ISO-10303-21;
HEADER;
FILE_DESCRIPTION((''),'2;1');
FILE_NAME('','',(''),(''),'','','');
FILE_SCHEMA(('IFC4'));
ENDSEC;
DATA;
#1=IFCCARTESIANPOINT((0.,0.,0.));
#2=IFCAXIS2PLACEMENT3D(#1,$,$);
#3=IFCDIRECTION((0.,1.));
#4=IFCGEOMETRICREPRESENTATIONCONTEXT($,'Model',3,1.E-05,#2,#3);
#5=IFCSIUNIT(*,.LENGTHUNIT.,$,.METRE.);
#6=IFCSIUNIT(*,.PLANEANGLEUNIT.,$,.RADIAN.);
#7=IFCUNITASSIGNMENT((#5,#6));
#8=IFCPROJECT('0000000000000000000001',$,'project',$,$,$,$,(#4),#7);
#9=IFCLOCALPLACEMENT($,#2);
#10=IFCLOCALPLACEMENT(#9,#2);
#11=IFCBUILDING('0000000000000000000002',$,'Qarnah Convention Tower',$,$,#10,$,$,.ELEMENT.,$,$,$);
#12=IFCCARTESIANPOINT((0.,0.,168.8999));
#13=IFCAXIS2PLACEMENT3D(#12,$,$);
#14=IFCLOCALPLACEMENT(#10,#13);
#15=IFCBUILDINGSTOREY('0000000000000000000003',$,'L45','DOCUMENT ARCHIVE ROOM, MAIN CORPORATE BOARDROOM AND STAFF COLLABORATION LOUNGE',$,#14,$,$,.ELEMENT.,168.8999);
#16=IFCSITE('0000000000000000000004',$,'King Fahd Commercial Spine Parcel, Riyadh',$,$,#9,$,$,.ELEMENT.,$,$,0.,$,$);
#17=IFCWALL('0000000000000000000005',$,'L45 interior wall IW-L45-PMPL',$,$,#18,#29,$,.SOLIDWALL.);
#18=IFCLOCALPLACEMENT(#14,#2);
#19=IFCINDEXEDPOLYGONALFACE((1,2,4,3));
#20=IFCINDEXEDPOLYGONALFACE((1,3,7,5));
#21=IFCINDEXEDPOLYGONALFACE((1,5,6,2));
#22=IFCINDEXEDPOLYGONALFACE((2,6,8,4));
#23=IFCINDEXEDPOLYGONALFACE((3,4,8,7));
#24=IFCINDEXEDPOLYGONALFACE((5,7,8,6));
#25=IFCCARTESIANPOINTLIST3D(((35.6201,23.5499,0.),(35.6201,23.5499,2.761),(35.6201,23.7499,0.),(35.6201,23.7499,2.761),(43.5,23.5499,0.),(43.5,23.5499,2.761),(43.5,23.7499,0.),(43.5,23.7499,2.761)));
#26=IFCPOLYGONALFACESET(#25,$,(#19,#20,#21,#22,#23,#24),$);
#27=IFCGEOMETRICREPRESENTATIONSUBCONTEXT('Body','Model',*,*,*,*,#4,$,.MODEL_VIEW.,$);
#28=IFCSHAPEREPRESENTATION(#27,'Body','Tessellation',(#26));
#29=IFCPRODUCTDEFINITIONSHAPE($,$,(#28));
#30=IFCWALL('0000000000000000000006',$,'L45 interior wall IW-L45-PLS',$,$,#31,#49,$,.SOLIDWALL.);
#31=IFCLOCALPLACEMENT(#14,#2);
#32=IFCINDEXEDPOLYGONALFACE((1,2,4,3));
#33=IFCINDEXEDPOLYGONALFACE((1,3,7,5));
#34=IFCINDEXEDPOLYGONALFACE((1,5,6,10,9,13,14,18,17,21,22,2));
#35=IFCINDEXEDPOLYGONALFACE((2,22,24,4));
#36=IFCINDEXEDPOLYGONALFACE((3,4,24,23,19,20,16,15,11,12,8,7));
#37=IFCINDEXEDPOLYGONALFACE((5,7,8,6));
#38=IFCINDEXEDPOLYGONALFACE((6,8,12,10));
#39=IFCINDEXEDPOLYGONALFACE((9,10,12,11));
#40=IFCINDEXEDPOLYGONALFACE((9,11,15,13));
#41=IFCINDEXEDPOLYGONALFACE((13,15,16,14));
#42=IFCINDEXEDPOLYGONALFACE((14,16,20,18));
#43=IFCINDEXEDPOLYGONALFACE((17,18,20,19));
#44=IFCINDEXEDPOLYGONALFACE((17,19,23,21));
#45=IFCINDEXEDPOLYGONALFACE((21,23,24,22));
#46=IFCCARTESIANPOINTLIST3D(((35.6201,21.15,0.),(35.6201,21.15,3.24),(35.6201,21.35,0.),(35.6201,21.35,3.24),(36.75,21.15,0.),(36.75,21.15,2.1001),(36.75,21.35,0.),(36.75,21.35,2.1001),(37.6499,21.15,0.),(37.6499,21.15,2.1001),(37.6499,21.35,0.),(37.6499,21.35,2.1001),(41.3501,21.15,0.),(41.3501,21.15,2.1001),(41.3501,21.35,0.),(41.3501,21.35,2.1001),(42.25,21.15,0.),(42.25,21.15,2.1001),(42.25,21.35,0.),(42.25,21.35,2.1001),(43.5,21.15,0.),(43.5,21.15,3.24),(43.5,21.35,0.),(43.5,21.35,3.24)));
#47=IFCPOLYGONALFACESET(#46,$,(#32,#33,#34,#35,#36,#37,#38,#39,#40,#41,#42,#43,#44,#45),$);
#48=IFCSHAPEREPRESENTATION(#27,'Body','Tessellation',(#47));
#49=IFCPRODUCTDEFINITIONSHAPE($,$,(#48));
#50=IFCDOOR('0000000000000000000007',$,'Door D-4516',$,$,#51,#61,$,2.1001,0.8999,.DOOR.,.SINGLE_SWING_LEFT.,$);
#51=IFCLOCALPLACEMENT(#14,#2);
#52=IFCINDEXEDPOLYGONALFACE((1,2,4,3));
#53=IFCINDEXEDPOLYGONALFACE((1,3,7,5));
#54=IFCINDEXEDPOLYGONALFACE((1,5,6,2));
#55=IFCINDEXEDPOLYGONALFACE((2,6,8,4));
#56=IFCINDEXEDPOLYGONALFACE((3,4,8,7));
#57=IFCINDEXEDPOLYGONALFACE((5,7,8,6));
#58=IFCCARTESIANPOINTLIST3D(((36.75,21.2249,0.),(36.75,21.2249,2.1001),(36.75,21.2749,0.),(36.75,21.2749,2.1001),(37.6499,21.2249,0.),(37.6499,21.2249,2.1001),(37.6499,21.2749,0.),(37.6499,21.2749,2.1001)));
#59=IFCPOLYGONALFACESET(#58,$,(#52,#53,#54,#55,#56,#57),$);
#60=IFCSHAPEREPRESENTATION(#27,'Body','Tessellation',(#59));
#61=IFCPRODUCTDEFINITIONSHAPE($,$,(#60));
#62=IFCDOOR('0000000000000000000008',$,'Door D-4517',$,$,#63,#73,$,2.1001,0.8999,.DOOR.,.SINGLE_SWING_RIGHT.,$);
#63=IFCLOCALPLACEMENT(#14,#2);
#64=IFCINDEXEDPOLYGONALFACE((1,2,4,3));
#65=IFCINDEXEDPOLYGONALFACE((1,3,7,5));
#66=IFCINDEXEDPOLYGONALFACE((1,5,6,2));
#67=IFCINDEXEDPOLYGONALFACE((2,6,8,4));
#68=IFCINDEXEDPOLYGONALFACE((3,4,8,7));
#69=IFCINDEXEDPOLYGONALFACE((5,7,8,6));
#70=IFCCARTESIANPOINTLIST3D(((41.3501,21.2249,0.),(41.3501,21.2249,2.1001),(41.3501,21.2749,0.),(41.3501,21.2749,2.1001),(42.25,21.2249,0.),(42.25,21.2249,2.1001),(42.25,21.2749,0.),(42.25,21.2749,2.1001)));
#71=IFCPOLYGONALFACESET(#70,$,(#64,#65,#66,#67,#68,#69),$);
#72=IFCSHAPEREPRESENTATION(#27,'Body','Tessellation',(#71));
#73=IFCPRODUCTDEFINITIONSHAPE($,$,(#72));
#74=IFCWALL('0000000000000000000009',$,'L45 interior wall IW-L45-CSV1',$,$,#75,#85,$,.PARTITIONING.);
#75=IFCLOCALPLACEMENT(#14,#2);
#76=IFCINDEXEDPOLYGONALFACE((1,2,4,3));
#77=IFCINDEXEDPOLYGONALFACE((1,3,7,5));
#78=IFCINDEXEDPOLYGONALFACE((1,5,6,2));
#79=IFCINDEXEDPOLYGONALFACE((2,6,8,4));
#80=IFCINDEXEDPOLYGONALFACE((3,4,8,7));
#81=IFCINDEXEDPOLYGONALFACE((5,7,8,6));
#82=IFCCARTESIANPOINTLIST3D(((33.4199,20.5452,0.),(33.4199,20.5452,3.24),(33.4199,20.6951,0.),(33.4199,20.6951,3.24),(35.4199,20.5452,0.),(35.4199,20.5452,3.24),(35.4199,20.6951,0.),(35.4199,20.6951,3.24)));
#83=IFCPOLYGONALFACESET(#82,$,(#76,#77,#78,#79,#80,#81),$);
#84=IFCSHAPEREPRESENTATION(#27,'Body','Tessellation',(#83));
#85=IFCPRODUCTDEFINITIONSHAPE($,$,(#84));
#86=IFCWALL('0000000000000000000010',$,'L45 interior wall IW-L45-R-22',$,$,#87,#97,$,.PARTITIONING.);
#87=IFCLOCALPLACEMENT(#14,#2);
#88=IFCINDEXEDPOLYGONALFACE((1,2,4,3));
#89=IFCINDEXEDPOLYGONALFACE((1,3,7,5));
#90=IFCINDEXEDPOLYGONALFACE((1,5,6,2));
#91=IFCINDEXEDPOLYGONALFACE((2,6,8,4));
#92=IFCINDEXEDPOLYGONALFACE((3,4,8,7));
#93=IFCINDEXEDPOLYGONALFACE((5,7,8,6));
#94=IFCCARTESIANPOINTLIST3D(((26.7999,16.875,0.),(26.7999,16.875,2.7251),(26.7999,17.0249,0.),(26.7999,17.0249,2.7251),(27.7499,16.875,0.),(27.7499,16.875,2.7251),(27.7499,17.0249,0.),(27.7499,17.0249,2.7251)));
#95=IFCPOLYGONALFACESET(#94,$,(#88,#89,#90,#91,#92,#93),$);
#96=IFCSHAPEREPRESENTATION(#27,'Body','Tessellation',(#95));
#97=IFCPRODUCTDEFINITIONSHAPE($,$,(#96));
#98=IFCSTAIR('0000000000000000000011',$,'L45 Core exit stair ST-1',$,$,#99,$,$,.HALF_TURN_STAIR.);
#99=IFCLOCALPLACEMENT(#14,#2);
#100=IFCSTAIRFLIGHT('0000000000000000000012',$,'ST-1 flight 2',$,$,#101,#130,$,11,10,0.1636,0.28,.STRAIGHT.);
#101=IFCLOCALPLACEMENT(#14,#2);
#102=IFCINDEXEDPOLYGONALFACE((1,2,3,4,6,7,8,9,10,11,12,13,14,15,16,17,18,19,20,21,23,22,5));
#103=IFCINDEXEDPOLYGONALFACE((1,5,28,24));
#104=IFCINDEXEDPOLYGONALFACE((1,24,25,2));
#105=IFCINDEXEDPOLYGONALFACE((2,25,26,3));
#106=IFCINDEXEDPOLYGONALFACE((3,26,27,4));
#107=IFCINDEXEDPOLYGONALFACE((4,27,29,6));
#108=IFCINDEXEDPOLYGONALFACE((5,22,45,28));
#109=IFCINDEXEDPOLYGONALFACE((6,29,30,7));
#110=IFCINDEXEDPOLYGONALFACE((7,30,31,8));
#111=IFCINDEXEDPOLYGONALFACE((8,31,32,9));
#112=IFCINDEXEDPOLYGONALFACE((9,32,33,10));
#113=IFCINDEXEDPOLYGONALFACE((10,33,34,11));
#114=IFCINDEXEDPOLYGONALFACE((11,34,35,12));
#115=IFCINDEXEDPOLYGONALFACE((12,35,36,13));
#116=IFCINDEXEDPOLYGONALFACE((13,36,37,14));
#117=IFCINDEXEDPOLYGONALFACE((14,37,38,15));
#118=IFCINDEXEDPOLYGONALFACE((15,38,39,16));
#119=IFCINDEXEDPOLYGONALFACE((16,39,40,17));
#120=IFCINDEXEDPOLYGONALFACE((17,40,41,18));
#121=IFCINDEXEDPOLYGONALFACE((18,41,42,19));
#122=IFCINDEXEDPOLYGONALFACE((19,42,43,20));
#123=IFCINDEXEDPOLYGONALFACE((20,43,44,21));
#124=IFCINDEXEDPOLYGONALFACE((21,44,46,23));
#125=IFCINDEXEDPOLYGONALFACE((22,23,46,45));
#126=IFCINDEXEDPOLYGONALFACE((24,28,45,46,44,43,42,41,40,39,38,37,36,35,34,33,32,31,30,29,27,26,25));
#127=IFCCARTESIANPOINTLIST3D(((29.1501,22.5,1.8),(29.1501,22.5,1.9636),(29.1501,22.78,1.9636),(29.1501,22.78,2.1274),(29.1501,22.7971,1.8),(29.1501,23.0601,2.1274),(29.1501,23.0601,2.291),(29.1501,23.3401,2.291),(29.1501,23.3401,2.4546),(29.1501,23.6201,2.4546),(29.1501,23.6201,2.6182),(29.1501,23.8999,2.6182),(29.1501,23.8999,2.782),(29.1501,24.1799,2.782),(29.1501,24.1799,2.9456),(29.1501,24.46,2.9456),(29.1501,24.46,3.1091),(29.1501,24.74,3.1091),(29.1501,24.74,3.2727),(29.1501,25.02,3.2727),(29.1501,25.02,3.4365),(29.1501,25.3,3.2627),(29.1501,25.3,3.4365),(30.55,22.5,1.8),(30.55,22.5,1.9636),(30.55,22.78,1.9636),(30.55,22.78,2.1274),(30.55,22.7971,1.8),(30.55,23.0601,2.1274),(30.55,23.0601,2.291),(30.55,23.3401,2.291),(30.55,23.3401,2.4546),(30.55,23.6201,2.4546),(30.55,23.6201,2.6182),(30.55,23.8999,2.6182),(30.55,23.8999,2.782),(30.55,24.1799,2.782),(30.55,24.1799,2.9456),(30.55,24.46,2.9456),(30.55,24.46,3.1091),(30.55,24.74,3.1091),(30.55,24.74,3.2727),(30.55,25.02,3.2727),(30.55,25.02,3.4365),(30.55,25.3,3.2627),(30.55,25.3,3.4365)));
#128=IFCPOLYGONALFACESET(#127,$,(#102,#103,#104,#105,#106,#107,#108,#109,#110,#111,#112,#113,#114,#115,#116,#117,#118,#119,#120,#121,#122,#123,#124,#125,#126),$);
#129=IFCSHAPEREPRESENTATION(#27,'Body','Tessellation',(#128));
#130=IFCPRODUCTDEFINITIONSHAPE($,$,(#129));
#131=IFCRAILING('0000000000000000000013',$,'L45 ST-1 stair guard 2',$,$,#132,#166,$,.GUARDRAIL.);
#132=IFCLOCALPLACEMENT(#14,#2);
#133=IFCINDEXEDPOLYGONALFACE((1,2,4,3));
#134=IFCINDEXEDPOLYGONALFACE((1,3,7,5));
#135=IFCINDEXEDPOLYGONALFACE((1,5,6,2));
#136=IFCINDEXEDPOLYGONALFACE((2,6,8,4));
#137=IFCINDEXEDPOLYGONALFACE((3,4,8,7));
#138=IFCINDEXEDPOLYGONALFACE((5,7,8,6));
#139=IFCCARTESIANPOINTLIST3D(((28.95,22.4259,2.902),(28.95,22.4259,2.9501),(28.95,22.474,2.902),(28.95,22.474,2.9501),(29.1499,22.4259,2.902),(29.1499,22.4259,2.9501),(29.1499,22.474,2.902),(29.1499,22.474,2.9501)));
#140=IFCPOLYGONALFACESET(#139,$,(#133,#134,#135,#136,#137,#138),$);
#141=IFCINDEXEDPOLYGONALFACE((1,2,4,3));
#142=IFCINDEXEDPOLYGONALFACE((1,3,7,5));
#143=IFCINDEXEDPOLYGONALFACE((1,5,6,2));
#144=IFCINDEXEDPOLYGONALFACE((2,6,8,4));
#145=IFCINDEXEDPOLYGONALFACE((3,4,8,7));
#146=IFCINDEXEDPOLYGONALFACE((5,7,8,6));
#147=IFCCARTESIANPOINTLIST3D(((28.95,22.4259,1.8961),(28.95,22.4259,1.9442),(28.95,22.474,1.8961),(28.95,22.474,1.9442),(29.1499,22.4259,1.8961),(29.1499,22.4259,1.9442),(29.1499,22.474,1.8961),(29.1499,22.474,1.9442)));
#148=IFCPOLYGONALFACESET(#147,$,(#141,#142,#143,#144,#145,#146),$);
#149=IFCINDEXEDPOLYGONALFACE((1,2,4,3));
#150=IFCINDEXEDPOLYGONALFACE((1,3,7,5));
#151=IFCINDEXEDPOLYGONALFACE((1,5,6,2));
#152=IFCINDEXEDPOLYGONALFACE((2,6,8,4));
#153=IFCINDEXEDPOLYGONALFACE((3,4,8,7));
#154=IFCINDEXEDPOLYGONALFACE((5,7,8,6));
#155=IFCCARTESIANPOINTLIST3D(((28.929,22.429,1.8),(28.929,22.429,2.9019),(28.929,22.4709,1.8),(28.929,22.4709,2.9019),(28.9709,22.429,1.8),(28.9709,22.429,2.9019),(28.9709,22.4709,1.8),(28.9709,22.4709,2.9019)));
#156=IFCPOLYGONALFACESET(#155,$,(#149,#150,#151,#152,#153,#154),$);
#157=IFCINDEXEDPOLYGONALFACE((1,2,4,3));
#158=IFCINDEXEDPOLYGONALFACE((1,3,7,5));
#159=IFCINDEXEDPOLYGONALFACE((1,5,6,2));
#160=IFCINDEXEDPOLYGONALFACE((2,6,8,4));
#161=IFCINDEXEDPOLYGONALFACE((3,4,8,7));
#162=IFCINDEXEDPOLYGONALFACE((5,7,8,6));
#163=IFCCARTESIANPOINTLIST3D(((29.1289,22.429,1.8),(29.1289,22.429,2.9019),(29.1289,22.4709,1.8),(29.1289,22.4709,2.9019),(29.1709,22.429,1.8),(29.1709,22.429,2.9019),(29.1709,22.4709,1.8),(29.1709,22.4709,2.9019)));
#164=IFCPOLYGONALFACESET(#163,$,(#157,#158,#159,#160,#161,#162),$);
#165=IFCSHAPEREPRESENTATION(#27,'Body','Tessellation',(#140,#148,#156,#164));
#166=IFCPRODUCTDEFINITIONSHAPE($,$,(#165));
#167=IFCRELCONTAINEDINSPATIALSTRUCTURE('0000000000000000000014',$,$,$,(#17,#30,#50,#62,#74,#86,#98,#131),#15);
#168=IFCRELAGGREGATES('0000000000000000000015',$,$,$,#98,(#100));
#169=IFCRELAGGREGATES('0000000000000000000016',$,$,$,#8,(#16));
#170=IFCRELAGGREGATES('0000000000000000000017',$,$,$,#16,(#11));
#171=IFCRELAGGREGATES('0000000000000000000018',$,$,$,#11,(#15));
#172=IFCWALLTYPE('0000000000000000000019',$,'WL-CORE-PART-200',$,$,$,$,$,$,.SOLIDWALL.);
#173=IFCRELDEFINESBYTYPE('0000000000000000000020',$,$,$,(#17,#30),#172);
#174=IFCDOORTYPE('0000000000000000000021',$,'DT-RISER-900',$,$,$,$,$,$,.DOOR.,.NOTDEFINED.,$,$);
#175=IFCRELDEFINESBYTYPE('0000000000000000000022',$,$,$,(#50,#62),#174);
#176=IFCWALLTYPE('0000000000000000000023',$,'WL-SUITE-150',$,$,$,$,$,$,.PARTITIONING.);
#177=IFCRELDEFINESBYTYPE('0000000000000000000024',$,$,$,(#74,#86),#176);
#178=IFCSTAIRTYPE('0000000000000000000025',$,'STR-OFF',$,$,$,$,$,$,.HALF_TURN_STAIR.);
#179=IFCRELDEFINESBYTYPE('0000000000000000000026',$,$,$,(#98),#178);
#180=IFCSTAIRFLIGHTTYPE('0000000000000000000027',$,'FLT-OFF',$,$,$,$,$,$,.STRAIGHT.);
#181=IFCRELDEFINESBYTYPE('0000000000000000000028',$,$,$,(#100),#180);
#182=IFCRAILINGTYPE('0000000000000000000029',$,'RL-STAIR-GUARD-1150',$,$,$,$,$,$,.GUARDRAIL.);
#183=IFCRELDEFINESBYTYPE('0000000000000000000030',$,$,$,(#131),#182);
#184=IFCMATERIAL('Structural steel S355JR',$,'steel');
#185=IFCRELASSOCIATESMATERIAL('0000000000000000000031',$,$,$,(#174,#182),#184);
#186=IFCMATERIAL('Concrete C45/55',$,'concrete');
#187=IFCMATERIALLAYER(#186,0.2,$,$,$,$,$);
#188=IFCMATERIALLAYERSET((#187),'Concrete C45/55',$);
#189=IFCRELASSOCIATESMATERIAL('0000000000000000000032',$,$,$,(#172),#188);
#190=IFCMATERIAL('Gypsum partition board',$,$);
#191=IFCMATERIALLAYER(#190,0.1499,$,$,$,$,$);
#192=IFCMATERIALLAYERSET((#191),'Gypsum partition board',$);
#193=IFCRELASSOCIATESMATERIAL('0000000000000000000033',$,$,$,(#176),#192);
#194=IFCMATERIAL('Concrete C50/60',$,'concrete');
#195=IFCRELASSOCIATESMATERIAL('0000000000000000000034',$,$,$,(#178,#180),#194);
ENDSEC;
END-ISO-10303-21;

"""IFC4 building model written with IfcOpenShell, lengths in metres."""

from ifc_helpers import new_model, si_unit, direction, frame, frame_2d, origin, origin_2d, place, context, subcontext, project, spatial, polyline, rectangle, outline, extrude, material, layer, layer_set, type_object, element, fill, aggregate, save


model = new_model("IFC4")

# Units and contexts
model_context = context("Model", 3, precision=1e-05, world=origin(), true_north=direction((0.0, 1.0)))
body_context = subcontext(model_context, "Body", "Model", "MODEL_VIEW")
ifc_project = project(units=[si_unit("LENGTHUNIT", "METRE"), si_unit("PLANEANGLEUNIT", "RADIAN")], contexts=[model_context])

# Site, building, storey
site_placement = place(None, origin())
site = spatial("IfcSite", under=ifc_project, at=site_placement, Name="King Fahd Commercial Spine Parcel, Riyadh", CompositionType="ELEMENT", RefElevation=0.0)
building_placement = place(site_placement, origin())
building = spatial("IfcBuilding", under=site, at=building_placement, Name="Qarnah Convention Tower", CompositionType="ELEMENT")
storey_placement = place(building_placement, frame((0.0, 0.0, 168.8999)))
storey = spatial("IfcBuildingStorey", under=building, at=storey_placement, Name="L45", Description="DOCUMENT ARCHIVE ROOM, MAIN CORPORATE BOARDROOM AND STAFF COLLABORATION LOUNGE", CompositionType="ELEMENT", Elevation=168.8999)

# Shared definitions
ifc_material_1 = material(Name="Structural steel S355JR", Category="steel")

# Shared definitions
door_type_1 = type_object("IfcDoorType", Name="DT-RISER-900", OperationType="NOTDEFINED", PredefinedType="DOOR", material=ifc_material_1)
ifc_material_2 = material(Name="Concrete C45/55", Category="concrete")
ifc_layer_1 = layer(ifc_material_2, 0.2)
ifc_layer_set_1 = layer_set([ifc_layer_1], Name="Concrete C45/55")
wall_type_1 = type_object("IfcWallType", Name="WL-CORE-PART-200", PredefinedType="SOLIDWALL", material=ifc_layer_set_1)

# Wall
wall_1_placement = place(storey_placement, frame((35.6201, 23.6499, 0.0), z_axis=(0.0, 0.0, 1.0), x_axis=(1.0, 0.0, 0.0)))
element("IfcWall", 1, at=wall_1_placement, inside=storey, type_object=wall_type_1, Name="L45 interior wall IW-L45-PMPL", PredefinedType="SOLIDWALL", context=body_context, shape_type="SweptSolid", body=[
    extrude(rectangle(XDim=7.8799, YDim=0.2, at=frame_2d((3.9399, 0.0))), origin(), (0.0, 0.0, 1.0), 2.761),
])

# Wall, openings, doors
wall_2_placement = place(storey_placement, frame((35.6201, 21.25, 0.0), z_axis=(0.0, 0.0, 1.0), x_axis=(1.0, 0.0, 0.0)))
wall_2 = element("IfcWall", 2, at=wall_2_placement, inside=storey, type_object=wall_type_1, Name="L45 interior wall IW-L45-PLS", PredefinedType="SOLIDWALL", context=body_context, shape_type="SweptSolid", body=[
    extrude(rectangle(XDim=7.8799, YDim=0.2, at=frame_2d((3.9399, 0.0))), origin(), (0.0, 0.0, 1.0), 3.24),
])
opening_1_placement = place(wall_2_placement, frame((1.1299, 0.0, 0.0)))
opening_1 = element("IfcOpeningElement", 3, at=opening_1_placement, cuts=wall_2, PredefinedType="OPENING", context=body_context, shape_type="SweptSolid", body=[
    extrude(rectangle(XDim=0.8999, YDim=2.1001, at=frame_2d((0.45, 1.05))), frame((0.0, 0.1099, 0.0), z_axis=(0.0, -1.0, 0.0), x_axis=(1.0, 0.0, 0.0)), (0.0, 0.0, 1.0), 0.22),
])
opening_2_placement = place(wall_2_placement, frame((5.73, 0.0, 0.0)))
opening_2 = element("IfcOpeningElement", 4, at=opening_2_placement, cuts=wall_2, PredefinedType="OPENING", context=body_context, shape_type="SweptSolid", body=[
    extrude(rectangle(XDim=0.8999, YDim=2.1001, at=frame_2d((0.45, 1.05))), frame((0.0, 0.1099, 0.0), z_axis=(0.0, -1.0, 0.0), x_axis=(1.0, 0.0, 0.0)), (0.0, 0.0, 1.0), 0.22),
])
door_1_placement = place(opening_1_placement, origin())
door_1 = element("IfcDoor", 5, at=door_1_placement, inside=storey, type_object=door_type_1, Name="Door D-4516", OperationType="SINGLE_SWING_LEFT", OverallHeight=2.1001, OverallWidth=0.8999, PredefinedType="DOOR", context=body_context, shape_type="SweptSolid", body=[
    extrude(rectangle(XDim=0.8999, YDim=2.1001, at=frame_2d((0.45, 1.05))), frame((0.0, 0.0249, 0.0), z_axis=(0.0, -1.0, 0.0), x_axis=(1.0, 0.0, 0.0)), (0.0, 0.0, 1.0), 0.05),
])
fill(opening_1, door_1)
door_2_placement = place(opening_2_placement, origin())
door_2 = element("IfcDoor", 6, at=door_2_placement, inside=storey, type_object=door_type_1, Name="Door D-4517", OperationType="SINGLE_SWING_RIGHT", OverallHeight=2.1001, OverallWidth=0.8999, PredefinedType="DOOR", context=body_context, shape_type="SweptSolid", body=[
    extrude(rectangle(XDim=0.8999, YDim=2.1001, at=frame_2d((0.45, 1.05))), frame((0.0, 0.0249, 0.0), z_axis=(0.0, -1.0, 0.0), x_axis=(1.0, 0.0, 0.0)), (0.0, 0.0, 1.0), 0.05),
])
fill(opening_2, door_2)

# Walls
ifc_material_3 = material(Name="Gypsum partition board")
ifc_layer_2 = layer(ifc_material_3, 0.1499)
ifc_layer_set_2 = layer_set([ifc_layer_2], Name="Gypsum partition board")
wall_type_2 = type_object("IfcWallType", Name="WL-SUITE-150", PredefinedType="PARTITIONING", material=ifc_layer_set_2)
wall_3_placement = place(storey_placement, frame((33.4199, 20.6201, 0.0), z_axis=(0.0, 0.0, 1.0), x_axis=(1.0, 0.0, 0.0)))
element("IfcWall", 7, at=wall_3_placement, inside=storey, type_object=wall_type_2, Name="L45 interior wall IW-L45-CSV1", PredefinedType="PARTITIONING", context=body_context, shape_type="SweptSolid", body=[
    extrude(rectangle(XDim=2.0, YDim=0.1499, at=frame_2d((1.0, 0.0))), origin(), (0.0, 0.0, 1.0), 3.24),
])
wall_4_placement = place(storey_placement, frame((27.75, 16.95, 0.0), z_axis=(0.0, 0.0, 1.0), x_axis=(-1.0, 0.0, 0.0)))
element("IfcWall", 8, at=wall_4_placement, inside=storey, type_object=wall_type_2, Name="L45 interior wall IW-L45-R-22", PredefinedType="PARTITIONING", context=body_context, shape_type="SweptSolid", body=[
    extrude(rectangle(XDim=0.95, YDim=0.1499, at=frame_2d((0.4751, 0.0))), origin(), (0.0, 0.0, 1.0), 2.7251),
])

# Stair, stair flight
ifc_material_4 = material(Name="Concrete C50/60", Category="concrete")
stair_type = type_object("IfcStairType", Name="STR-OFF", PredefinedType="HALF_TURN_STAIR", material=ifc_material_4)
stair_placement = place(storey_placement, origin())
stair = element("IfcStair", 9, at=stair_placement, inside=storey, type_object=stair_type, Name="L45 Core exit stair ST-1", PredefinedType="HALF_TURN_STAIR")
stair_flight_type = type_object("IfcStairFlightType", Name="FLT-OFF", PredefinedType="STRAIGHT", material=ifc_material_4)
stair_flight_placement = place(storey_placement, frame((29.8501, 22.5, 1.8), z_axis=(0.0, 0.0, 1.0), x_axis=(0.0, 1.0, 0.0)))
stair_flight = element("IfcStairFlight", 10, at=stair_flight_placement, type_object=stair_flight_type, Name="ST-1 flight 2", NumberOfRisers=11, NumberOfTreads=10, PredefinedType="STRAIGHT", RiserHeight=0.1636, TreadLength=0.28, context=body_context, shape_type="SweptSolid", body=[
    extrude(outline(polyline([(0.0, 0.0), (0.0, 0.1636), (0.28, 0.1636), (0.28, 0.3274), (0.5601, 0.3274), (0.5601, 0.491), (0.8401, 0.491), (0.8401, 0.6545), (1.1201, 0.6545), (1.1201, 0.8181), (1.3999, 0.8181), (1.3999, 0.9819), (1.6799, 0.9819), (1.6799, 1.1455), (1.96, 1.1455), (1.96, 1.3091), (2.24, 1.3091), (2.24, 1.4727), (2.52, 1.4727), (2.52, 1.6365), (2.8, 1.6365), (2.8, 1.8), (2.8, 1.4626), (0.2971, 0.0), (0.0, 0.0)])), frame((0.0, 0.7, 0.0), z_axis=(0.0, -1.0, 0.0), x_axis=(1.0, 0.0, 0.0)), (0.0, 0.0, 1.0), 1.3999),
])
aggregate(stair, [stair_flight])

# Railing
railing_type_1 = type_object("IfcRailingType", Name="RL-STAIR-GUARD-1150", PredefinedType="GUARDRAIL", material=ifc_material_1)
railing_1_placement = place(storey_placement, frame((28.95, 22.45, 1.8)))
element("IfcRailing", 11, at=railing_1_placement, inside=storey, type_object=railing_type_1, Name="L45 ST-1 stair guard 2", PredefinedType="GUARDRAIL", context=body_context, shape_type="SweptSolid", body=[
    extrude(rectangle(XDim=0.0481, YDim=0.0481, at=origin_2d()), frame((0.0, 0.0, 1.126), z_axis=(1.0, 0.0, 0.0), x_axis=(0.0, 1.0, 0.0)), (0.0, 0.0, 1.0), 0.2),
    extrude(rectangle(XDim=0.0481, YDim=0.0481, at=origin_2d()), frame((0.0, 0.0, 0.1201), z_axis=(1.0, 0.0, 0.0), x_axis=(0.0, 1.0, 0.0)), (0.0, 0.0, 1.0), 0.2),
    extrude(rectangle(XDim=0.042, YDim=0.042, at=origin_2d()), origin(), (0.0, 0.0, 1.0), 1.1018),
    extrude(rectangle(XDim=0.042, YDim=0.042, at=origin_2d()), frame((0.2, 0.0, 0.0)), (0.0, 0.0, 1.0), 1.1018),
])

save(model, "model.ifc")
